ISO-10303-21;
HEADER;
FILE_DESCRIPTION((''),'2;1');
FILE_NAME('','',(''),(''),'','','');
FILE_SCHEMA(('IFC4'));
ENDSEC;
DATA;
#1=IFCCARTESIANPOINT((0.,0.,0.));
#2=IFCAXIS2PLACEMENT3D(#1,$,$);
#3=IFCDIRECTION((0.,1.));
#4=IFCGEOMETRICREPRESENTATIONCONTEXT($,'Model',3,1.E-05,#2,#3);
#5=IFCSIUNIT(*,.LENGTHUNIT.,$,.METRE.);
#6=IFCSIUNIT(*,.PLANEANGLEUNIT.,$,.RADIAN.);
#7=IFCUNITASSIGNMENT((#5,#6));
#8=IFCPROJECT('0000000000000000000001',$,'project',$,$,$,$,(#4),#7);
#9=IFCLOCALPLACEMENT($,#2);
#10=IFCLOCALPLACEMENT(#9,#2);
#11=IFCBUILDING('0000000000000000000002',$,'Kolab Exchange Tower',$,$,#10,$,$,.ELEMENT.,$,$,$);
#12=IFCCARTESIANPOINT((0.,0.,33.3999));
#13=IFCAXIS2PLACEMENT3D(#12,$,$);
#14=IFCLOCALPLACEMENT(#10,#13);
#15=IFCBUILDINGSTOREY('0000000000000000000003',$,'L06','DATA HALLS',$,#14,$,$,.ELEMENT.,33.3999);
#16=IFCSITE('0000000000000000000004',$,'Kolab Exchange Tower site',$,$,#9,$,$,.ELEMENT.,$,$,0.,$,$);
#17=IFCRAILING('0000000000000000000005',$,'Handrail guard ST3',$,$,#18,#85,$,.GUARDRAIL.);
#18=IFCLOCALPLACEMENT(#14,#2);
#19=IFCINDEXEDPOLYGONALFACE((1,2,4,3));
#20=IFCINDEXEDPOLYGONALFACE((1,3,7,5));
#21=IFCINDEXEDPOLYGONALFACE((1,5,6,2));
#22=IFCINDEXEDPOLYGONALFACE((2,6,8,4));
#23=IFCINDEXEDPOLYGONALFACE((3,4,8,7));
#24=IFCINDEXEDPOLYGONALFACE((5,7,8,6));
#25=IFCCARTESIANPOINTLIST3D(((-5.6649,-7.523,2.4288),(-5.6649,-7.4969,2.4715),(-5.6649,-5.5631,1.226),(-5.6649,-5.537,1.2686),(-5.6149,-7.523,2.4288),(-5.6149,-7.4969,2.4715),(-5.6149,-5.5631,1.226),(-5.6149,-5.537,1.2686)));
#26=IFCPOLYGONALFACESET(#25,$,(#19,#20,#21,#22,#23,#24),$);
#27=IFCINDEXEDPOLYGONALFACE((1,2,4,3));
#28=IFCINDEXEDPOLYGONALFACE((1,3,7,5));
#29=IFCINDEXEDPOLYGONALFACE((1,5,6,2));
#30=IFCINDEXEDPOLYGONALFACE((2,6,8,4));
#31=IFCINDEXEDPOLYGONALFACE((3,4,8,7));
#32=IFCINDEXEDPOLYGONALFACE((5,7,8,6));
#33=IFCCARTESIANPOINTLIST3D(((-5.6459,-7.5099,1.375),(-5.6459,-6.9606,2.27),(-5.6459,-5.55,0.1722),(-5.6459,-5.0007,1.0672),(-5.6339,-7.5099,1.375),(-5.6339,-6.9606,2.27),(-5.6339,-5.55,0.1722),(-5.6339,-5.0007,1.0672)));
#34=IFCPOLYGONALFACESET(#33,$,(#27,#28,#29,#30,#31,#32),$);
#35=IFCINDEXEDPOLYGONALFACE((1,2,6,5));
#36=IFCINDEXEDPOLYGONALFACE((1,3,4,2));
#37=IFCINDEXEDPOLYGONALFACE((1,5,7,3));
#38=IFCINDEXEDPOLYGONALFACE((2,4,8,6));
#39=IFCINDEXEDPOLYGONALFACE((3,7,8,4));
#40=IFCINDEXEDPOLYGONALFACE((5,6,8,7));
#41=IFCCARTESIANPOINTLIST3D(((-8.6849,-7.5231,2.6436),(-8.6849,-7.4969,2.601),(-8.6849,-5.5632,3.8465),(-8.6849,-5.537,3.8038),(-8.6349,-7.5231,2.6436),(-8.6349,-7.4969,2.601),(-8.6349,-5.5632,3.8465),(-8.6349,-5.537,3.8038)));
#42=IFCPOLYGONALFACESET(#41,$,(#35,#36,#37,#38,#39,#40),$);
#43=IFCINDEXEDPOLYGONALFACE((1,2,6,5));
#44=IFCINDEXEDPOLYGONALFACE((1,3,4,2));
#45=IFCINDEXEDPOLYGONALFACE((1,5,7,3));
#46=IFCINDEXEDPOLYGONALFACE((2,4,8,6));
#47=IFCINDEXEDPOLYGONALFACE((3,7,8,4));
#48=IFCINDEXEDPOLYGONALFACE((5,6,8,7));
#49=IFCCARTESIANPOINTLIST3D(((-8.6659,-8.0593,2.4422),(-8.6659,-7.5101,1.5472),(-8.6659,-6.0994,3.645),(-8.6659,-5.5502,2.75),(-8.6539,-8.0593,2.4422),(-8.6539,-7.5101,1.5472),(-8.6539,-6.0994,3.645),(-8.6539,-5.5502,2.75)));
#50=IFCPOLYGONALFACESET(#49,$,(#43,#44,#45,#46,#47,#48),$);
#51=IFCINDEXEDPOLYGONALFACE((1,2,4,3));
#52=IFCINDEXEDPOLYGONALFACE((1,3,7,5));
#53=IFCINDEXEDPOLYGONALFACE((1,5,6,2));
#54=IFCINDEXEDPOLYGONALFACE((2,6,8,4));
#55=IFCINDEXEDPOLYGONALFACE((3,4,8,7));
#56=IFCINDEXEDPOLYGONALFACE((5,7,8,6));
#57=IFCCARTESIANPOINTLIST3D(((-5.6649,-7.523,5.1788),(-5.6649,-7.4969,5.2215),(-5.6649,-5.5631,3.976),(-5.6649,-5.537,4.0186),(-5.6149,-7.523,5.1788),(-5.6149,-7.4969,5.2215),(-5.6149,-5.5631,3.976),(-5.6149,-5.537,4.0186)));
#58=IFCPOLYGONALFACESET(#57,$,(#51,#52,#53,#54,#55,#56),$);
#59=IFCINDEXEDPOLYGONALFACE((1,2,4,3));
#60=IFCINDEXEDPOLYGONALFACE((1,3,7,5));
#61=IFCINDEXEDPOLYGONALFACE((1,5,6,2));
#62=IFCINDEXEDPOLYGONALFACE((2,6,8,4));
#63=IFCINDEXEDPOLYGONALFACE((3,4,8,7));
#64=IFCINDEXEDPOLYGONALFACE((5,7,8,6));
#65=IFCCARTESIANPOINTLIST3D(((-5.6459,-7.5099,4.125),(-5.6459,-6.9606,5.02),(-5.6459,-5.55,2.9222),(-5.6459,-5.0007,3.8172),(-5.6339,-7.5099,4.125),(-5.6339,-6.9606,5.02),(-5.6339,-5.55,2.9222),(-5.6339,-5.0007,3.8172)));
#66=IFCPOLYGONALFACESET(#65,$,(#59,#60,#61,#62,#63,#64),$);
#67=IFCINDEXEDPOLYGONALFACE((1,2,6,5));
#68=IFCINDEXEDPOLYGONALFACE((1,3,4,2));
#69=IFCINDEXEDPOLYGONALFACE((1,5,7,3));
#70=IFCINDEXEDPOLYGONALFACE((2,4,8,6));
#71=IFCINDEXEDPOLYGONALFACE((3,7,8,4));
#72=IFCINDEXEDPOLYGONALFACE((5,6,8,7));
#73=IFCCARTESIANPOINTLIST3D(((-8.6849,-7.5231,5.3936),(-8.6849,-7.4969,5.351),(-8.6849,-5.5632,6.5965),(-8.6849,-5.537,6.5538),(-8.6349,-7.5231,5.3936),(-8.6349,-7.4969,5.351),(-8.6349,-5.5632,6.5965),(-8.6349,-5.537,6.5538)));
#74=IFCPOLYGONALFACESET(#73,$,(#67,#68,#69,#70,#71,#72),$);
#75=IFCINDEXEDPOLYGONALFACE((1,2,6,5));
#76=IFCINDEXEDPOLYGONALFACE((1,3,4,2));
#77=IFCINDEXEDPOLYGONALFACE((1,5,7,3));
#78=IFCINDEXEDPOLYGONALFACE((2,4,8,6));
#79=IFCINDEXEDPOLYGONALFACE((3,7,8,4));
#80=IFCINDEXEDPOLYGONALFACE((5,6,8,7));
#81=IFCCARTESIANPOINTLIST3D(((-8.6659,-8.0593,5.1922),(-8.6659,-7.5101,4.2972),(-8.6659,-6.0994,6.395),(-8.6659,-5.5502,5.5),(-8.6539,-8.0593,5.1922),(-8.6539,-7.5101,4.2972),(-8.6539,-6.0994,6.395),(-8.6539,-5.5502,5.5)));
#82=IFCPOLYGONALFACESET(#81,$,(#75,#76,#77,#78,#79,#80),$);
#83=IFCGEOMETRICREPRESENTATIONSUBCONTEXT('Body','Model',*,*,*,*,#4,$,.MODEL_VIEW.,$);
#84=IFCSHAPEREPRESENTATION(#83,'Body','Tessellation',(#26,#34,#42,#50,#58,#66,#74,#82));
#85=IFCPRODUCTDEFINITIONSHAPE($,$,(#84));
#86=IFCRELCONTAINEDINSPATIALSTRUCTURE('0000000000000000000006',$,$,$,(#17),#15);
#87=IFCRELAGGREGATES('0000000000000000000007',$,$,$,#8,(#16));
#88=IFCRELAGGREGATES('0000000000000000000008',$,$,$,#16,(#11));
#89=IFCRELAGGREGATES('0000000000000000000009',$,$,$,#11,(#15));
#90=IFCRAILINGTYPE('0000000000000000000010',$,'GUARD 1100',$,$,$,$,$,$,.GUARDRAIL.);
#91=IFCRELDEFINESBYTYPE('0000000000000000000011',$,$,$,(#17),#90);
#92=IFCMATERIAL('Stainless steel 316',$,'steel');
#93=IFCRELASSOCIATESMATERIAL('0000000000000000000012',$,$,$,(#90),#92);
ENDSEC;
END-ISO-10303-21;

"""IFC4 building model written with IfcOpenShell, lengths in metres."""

from ifc_helpers import new_model, si_unit, direction, frame, frame_2d, origin, origin_2d, place, context, subcontext, project, spatial, rectangle, extrude, material, type_object, element, save


model = new_model("IFC4")

# Units and contexts
model_context = context("Model", 3, precision=1e-05, world=origin(), true_north=direction((0.0, 1.0)))
body_context = subcontext(model_context, "Body", "Model", "MODEL_VIEW")
ifc_project = project(units=[si_unit("LENGTHUNIT", "METRE"), si_unit("PLANEANGLEUNIT", "RADIAN")], contexts=[model_context])

# Site, building, storey
site_placement = place(None, origin())
site = spatial("IfcSite", under=ifc_project, at=site_placement, Name="Kolab Exchange Tower site", CompositionType="ELEMENT", RefElevation=0.0)
building_placement = place(site_placement, origin())
building = spatial("IfcBuilding", under=site, at=building_placement, Name="Kolab Exchange Tower", CompositionType="ELEMENT")
storey_placement = place(building_placement, frame((0.0, 0.0, 33.3999)))
storey = spatial("IfcBuildingStorey", under=building, at=storey_placement, Name="L06", Description="DATA HALLS", CompositionType="ELEMENT", Elevation=33.3999)

# Shared definitions
ifc_material_1 = material(Name="Stainless steel 316", Category="steel")

# Railing
railing_type = type_object("IfcRailingType", Name="GUARD 1100", PredefinedType="GUARDRAIL", material=ifc_material_1)
railing_placement = place(storey_placement, frame((-5.6399, -5.55, 0.1721)))
element("IfcRailing", 1, at=railing_placement, inside=storey, type_object=railing_type, Name="Handrail guard ST3", PredefinedType="GUARDRAIL", context=body_context, shape_type="SweptSolid", body=[
    extrude(rectangle(XDim=0.05, YDim=0.05, at=origin_2d()), frame((0.0, 0.0, 1.0752), z_axis=(0.0, -0.852288, 0.523072), x_axis=(1.0, 0.0, 0.0)), (0.0, 0.0, 1.0), 2.2996),
    extrude(rectangle(XDim=0.012, YDim=1.0501, at=frame_2d((0.0, 0.5251))), frame((0.0, 0.0, 0.0), z_axis=(0.0, -0.852288, 0.523072), x_axis=(1.0, 0.0, 0.0)), (0.0, 0.0, 1.0), 2.2996),
    extrude(rectangle(XDim=0.05, YDim=0.05, at=origin_2d()), frame((-3.02, -1.96, 2.4502), z_axis=(0.0, 0.852288, 0.523072), x_axis=(-1.0, 0.0, 0.0)), (0.0, 0.0, 1.0), 2.2996),
    extrude(rectangle(XDim=0.012, YDim=1.0501, at=frame_2d((0.0, 0.5251))), frame((-3.02, -1.96, 1.375), z_axis=(0.0, 0.852288, 0.523072), x_axis=(-1.0, 0.0, 0.0)), (0.0, 0.0, 1.0), 2.2996),
    extrude(rectangle(XDim=0.05, YDim=0.05, at=origin_2d()), frame((0.0, 0.0, 3.8252), z_axis=(0.0, -0.852288, 0.523072), x_axis=(1.0, 0.0, 0.0)), (0.0, 0.0, 1.0), 2.2996),
    extrude(rectangle(XDim=0.012, YDim=1.0501, at=frame_2d((0.0, 0.5251))), frame((0.0, 0.0, 2.75), z_axis=(0.0, -0.852288, 0.523072), x_axis=(1.0, 0.0, 0.0)), (0.0, 0.0, 1.0), 2.2996),
    extrude(rectangle(XDim=0.05, YDim=0.05, at=origin_2d()), frame((-3.02, -1.96, 5.2002), z_axis=(0.0, 0.852288, 0.523072), x_axis=(-1.0, 0.0, 0.0)), (0.0, 0.0, 1.0), 2.2996),
    extrude(rectangle(XDim=0.012, YDim=1.0501, at=frame_2d((0.0, 0.5251))), frame((-3.02, -1.96, 4.125), z_axis=(0.0, 0.852288, 0.523072), x_axis=(-1.0, 0.0, 0.0)), (0.0, 0.0, 1.0), 2.2996),
])

save(model, "model.ifc")
